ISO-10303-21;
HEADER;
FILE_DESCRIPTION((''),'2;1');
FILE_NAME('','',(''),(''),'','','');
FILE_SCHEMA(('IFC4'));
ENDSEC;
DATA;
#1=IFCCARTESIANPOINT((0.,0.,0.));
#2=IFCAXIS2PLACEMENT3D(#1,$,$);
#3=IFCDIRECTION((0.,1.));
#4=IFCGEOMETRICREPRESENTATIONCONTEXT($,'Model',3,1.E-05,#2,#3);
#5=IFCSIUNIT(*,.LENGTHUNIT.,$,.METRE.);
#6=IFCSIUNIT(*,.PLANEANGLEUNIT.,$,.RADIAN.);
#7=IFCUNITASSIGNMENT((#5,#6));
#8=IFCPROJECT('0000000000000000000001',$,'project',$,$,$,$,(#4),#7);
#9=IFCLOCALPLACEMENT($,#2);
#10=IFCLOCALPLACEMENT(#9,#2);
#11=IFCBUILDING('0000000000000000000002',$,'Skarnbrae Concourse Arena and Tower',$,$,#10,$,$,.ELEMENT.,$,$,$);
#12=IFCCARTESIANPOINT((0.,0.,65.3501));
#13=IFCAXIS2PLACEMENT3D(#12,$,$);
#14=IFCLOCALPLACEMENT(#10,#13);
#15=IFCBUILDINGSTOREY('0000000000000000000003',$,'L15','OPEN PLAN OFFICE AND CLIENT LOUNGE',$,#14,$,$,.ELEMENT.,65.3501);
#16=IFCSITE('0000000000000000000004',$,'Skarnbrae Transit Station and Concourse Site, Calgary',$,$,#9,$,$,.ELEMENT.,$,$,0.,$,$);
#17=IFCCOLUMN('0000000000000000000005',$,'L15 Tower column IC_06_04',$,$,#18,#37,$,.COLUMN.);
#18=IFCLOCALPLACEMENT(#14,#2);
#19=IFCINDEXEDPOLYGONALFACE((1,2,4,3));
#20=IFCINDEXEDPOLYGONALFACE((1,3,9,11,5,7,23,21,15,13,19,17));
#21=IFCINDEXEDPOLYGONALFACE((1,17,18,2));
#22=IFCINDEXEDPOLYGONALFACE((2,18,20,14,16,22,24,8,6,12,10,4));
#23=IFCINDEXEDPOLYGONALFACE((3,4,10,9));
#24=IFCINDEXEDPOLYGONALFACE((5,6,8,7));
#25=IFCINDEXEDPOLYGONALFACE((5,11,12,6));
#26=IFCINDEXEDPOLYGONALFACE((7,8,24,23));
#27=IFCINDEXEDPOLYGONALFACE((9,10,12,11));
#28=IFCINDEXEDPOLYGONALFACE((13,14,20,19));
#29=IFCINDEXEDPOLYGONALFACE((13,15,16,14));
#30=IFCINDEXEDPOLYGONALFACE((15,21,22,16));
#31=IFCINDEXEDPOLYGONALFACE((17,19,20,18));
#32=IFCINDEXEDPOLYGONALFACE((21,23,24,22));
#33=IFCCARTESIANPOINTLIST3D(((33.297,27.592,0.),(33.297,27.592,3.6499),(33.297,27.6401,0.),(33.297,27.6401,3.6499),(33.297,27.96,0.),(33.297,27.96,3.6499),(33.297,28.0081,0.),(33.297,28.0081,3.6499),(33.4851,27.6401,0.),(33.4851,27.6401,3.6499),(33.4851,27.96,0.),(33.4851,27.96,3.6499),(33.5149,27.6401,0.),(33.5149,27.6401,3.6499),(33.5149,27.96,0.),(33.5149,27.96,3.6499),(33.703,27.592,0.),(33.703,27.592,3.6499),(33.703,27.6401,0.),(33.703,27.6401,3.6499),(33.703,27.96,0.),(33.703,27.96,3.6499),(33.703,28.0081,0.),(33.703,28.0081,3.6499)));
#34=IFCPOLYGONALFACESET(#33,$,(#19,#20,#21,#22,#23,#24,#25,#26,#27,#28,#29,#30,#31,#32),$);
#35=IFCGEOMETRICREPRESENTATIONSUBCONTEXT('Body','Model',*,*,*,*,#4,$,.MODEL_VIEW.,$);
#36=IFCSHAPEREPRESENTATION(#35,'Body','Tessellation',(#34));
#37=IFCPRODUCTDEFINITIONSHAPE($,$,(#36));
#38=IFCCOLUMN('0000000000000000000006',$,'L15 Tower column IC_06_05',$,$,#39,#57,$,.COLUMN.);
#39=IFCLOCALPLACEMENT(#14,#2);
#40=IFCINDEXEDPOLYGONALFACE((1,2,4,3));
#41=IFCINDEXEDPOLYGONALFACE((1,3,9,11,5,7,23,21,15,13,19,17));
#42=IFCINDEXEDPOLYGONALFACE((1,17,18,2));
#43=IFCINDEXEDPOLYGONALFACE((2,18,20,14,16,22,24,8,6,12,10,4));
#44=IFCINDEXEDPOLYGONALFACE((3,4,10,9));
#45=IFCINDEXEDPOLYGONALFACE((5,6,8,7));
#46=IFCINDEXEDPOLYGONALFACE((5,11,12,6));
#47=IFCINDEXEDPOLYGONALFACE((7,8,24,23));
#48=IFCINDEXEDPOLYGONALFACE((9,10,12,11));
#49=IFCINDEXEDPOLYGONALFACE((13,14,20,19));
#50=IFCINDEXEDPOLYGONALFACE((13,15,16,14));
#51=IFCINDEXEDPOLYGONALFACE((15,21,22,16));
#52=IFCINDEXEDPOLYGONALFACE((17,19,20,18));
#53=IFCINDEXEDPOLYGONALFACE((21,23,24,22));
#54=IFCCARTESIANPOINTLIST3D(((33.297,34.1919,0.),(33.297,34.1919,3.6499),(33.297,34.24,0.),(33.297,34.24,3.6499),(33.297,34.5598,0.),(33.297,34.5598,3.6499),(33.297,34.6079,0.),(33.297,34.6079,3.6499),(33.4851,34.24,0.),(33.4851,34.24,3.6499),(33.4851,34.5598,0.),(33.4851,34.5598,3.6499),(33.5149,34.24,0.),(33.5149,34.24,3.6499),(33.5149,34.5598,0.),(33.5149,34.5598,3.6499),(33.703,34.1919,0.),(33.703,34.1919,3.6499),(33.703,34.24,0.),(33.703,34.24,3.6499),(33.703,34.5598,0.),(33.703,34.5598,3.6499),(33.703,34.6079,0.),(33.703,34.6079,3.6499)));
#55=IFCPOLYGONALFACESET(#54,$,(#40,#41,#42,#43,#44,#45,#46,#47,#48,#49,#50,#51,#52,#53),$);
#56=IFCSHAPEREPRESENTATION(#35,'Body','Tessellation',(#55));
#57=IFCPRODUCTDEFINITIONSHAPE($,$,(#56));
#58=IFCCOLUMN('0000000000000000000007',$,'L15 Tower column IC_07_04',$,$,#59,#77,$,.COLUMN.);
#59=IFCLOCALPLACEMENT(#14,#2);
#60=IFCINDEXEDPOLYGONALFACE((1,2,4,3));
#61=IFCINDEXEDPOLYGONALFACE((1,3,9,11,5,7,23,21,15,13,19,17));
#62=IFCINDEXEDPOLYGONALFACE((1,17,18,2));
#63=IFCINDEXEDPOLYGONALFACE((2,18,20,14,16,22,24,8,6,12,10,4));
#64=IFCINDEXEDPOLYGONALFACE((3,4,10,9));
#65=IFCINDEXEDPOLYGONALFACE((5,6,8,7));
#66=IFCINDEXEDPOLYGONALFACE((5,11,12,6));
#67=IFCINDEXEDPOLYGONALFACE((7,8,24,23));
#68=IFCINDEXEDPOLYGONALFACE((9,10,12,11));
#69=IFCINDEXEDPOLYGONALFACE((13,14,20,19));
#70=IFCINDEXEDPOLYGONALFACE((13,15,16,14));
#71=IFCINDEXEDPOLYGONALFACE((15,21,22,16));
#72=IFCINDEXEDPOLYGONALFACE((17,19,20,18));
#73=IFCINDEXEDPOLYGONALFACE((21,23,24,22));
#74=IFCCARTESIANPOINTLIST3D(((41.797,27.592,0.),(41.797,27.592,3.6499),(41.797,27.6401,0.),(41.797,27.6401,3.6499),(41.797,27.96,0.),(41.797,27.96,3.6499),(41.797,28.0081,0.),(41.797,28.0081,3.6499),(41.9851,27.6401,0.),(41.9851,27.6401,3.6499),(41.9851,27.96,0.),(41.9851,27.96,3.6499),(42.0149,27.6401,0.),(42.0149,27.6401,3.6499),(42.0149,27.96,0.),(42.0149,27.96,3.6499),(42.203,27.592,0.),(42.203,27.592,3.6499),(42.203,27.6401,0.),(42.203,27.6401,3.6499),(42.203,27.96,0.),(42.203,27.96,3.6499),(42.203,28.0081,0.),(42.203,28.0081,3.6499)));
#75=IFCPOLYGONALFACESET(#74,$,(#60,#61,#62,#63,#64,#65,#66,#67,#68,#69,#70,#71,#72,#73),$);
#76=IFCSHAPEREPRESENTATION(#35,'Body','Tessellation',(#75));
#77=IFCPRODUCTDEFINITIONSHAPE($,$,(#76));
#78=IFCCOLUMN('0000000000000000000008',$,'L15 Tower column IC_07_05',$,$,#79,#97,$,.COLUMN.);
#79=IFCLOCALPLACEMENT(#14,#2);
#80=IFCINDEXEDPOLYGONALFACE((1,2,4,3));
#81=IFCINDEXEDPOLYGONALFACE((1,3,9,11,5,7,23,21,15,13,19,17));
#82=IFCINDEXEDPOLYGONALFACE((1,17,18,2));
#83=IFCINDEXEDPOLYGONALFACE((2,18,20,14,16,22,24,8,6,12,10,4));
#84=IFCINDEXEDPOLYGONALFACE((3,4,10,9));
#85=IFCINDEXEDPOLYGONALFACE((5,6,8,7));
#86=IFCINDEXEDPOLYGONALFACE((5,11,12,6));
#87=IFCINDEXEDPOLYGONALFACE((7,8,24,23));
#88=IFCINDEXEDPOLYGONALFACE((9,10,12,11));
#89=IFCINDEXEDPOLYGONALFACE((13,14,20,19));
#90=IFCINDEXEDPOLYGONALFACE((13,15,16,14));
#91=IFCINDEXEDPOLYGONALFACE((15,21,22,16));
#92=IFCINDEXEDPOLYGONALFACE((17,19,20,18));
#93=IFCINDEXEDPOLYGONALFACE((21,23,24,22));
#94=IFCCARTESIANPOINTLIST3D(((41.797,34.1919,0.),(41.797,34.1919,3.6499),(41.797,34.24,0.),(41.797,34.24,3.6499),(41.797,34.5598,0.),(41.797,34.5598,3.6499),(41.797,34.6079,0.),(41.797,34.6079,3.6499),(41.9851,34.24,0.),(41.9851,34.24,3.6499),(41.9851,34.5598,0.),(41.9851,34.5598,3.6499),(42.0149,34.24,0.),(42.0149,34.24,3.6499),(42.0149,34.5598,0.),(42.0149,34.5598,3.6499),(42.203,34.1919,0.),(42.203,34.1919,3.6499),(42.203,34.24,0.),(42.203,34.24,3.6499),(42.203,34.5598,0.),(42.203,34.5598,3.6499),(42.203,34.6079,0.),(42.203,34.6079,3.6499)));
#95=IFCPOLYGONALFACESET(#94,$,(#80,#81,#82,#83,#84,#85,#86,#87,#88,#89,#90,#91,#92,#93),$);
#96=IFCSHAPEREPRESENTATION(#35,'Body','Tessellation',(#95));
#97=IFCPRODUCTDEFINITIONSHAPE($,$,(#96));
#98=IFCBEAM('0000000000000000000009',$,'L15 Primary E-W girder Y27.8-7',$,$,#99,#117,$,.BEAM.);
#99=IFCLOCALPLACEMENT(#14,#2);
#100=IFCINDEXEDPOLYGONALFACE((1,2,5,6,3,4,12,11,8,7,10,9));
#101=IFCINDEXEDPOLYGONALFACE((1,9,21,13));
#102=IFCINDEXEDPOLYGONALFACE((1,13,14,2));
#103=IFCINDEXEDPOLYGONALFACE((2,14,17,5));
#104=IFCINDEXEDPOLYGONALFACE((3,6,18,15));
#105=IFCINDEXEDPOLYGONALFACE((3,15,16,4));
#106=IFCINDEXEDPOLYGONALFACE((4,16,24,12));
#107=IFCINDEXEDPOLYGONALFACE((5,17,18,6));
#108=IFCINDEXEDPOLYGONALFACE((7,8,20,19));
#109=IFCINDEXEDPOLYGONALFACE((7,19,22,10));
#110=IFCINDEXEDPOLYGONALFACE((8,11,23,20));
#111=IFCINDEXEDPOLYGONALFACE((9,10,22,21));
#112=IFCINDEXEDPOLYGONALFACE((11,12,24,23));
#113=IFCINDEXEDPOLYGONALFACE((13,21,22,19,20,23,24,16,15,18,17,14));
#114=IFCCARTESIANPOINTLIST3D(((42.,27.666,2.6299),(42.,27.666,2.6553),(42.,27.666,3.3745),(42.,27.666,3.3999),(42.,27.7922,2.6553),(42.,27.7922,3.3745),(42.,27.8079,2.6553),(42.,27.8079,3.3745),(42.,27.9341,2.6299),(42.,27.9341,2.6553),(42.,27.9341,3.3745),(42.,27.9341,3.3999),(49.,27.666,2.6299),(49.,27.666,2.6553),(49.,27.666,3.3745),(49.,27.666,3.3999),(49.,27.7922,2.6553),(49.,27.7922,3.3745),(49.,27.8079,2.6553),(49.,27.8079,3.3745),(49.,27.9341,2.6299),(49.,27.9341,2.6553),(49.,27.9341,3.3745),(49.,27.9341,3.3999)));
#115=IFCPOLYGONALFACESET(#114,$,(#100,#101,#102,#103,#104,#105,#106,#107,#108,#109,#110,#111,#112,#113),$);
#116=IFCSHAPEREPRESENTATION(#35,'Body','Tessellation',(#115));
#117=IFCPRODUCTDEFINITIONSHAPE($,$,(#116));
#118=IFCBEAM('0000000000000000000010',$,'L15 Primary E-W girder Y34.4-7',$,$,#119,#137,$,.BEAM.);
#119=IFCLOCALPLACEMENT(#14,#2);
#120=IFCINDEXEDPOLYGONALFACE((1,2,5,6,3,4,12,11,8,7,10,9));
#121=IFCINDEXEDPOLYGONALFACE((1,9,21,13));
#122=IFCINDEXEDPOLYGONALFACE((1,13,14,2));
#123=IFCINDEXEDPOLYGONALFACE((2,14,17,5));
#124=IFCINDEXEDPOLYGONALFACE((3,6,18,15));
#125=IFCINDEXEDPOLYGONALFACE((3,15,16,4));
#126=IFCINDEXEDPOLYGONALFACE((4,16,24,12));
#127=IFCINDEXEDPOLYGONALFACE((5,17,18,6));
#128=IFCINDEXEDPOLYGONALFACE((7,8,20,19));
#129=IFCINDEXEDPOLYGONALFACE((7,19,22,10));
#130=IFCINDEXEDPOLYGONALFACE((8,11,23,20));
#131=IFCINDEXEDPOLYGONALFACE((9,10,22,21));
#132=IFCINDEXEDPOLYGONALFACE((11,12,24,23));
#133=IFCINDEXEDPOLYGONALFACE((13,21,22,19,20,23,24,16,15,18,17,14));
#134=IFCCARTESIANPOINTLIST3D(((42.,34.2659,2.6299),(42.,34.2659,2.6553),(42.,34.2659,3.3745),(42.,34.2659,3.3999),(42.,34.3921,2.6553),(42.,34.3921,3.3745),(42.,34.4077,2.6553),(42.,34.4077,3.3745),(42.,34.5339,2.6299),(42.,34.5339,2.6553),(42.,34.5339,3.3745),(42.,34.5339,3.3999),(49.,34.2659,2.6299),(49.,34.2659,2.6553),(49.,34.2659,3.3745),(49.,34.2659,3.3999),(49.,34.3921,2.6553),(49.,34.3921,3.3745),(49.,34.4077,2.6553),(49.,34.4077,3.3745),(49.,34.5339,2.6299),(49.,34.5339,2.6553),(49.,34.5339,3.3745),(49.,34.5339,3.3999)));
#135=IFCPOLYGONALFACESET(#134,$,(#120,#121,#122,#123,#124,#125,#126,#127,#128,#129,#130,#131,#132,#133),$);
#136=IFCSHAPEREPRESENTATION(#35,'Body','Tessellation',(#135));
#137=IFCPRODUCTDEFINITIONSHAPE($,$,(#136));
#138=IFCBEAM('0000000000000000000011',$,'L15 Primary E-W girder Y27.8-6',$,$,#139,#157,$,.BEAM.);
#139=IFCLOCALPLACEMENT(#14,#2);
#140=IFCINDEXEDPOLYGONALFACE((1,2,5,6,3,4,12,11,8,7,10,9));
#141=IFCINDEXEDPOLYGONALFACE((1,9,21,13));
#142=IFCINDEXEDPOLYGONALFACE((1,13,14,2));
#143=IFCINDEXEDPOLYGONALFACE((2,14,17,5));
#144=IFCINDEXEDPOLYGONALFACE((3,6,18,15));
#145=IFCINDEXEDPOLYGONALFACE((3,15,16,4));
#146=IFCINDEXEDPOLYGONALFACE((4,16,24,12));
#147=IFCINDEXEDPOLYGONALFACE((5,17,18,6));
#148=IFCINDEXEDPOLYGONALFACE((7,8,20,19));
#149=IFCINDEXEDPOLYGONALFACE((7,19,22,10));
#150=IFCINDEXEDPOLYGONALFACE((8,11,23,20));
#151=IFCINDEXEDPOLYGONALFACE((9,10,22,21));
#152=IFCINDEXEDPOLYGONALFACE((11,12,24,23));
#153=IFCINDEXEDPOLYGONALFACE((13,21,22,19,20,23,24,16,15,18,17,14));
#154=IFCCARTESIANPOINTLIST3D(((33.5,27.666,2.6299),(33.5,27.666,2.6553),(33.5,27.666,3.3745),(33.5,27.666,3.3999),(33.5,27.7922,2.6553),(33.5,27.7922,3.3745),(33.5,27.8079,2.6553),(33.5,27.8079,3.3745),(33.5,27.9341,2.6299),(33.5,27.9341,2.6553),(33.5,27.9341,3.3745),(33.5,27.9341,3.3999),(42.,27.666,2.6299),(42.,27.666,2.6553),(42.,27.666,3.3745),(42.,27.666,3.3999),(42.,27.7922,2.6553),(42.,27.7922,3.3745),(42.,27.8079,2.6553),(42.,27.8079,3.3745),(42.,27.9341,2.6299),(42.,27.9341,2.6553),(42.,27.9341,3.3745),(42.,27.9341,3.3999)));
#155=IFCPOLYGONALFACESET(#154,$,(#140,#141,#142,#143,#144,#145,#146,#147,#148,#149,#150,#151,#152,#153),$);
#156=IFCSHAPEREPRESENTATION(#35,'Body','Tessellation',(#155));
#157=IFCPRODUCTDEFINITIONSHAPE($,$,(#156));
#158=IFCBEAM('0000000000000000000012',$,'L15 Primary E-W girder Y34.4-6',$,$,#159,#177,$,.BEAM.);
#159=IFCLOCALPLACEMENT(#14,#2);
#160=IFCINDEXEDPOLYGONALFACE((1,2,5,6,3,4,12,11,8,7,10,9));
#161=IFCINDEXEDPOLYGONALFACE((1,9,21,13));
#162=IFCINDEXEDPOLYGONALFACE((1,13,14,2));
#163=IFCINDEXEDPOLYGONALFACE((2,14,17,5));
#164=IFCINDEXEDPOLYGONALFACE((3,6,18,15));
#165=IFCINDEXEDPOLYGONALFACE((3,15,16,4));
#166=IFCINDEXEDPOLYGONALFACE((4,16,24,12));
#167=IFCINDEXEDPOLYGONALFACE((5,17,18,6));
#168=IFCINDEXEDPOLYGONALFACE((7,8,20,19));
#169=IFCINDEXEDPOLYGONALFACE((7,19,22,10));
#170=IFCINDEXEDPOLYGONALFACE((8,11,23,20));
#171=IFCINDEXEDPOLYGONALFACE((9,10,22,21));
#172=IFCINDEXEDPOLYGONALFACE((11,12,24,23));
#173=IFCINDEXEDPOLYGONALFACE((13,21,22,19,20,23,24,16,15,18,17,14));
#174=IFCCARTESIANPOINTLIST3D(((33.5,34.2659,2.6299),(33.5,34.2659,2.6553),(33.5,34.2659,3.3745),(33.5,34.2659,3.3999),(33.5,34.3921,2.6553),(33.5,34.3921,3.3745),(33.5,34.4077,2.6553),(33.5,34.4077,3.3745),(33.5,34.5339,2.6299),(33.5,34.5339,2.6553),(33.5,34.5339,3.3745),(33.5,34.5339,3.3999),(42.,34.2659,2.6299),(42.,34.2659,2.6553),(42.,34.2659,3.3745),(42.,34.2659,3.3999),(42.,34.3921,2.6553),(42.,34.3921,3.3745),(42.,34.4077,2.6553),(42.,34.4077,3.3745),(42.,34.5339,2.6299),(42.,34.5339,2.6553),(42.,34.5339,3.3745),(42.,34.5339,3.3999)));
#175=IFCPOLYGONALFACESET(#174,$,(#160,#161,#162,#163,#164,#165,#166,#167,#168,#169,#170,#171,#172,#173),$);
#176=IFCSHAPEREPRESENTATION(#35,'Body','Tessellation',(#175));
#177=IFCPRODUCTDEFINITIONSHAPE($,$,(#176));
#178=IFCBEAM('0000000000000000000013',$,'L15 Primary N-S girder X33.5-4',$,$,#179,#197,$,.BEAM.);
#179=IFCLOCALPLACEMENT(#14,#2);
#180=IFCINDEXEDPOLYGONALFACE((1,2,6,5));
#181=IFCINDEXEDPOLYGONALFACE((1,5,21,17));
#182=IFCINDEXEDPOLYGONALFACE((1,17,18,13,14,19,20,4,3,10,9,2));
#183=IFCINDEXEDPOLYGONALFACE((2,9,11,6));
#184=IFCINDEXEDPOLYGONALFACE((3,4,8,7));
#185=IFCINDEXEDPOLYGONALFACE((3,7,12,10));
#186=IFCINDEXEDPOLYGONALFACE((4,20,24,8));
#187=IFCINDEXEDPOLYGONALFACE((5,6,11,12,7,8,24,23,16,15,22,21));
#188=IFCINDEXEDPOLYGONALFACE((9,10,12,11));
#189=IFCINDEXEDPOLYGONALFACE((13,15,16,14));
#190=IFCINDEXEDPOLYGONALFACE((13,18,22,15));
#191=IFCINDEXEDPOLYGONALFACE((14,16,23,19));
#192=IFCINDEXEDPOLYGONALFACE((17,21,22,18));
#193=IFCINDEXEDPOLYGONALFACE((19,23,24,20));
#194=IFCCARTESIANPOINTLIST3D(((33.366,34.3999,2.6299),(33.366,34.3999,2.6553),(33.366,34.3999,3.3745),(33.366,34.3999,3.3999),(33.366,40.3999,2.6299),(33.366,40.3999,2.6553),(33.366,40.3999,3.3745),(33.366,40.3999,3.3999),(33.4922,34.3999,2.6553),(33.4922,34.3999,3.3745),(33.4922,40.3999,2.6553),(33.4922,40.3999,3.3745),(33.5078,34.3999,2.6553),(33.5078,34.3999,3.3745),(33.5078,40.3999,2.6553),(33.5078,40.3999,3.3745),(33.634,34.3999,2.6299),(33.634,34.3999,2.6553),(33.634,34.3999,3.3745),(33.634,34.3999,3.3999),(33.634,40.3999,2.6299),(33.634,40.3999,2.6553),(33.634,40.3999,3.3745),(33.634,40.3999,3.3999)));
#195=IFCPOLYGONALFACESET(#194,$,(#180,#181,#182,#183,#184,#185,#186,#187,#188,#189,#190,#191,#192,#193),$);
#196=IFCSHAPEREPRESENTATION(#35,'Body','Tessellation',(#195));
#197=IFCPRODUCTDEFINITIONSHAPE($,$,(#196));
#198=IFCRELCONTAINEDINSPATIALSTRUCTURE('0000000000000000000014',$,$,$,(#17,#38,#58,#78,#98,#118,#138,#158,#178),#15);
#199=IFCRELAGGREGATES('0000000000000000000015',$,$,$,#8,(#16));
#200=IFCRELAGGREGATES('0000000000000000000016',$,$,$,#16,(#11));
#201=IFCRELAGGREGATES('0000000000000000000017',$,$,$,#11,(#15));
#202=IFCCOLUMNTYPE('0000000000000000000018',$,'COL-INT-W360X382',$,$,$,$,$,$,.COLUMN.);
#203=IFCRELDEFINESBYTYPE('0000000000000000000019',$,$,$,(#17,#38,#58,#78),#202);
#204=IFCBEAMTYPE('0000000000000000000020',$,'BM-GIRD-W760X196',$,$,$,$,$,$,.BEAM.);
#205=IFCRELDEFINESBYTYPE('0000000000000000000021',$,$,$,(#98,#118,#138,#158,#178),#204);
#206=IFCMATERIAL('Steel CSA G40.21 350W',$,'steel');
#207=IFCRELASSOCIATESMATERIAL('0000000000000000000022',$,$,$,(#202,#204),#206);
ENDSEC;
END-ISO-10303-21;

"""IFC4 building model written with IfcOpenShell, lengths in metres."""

from ifc_helpers import new_model, si_unit, direction, frame, origin, origin_2d, place, context, subcontext, project, spatial, i_section, extrude, source, transform, mapped, material, material_profile, profile_set, type_object, element, save


model = new_model("IFC4")

# Units and contexts
model_context = context("Model", 3, precision=1e-05, world=origin(), true_north=direction((0.0, 1.0)))
body_context = subcontext(model_context, "Body", "Model", "MODEL_VIEW")
ifc_project = project(units=[si_unit("LENGTHUNIT", "METRE"), si_unit("PLANEANGLEUNIT", "RADIAN")], contexts=[model_context])

# Site, building, storey
site_placement = place(None, origin())
site = spatial("IfcSite", under=ifc_project, at=site_placement, Name="Skarnbrae Transit Station and Concourse Site, Calgary", CompositionType="ELEMENT", RefElevation=0.0)
building_placement = place(site_placement, origin())
building = spatial("IfcBuilding", under=site, at=building_placement, Name="Skarnbrae Concourse Arena and Tower", CompositionType="ELEMENT")
storey_placement = place(building_placement, frame((0.0, 0.0, 65.3501)))
storey = spatial("IfcBuildingStorey", under=building, at=storey_placement, Name="L15", Description="OPEN PLAN OFFICE AND CLIENT LOUNGE", CompositionType="ELEMENT", Elevation=65.3501)

# Columns
ifc_material_1 = material(Name="Steel CSA G40.21 350W", Category="steel")
ifc_material_profile_1 = material_profile(ifc_material_1, i_section(OverallWidth=0.406, OverallDepth=0.416, WebThickness=0.0298, FlangeThickness=0.0481, at=origin_2d()), Name="W360X382")
ifc_profile_set_1 = profile_set([ifc_material_profile_1], Name="Steel CSA G40.21 350W")
column_type = type_object("IfcColumnType", Name="COL-INT-W360X382", PredefinedType="COLUMN", material=ifc_profile_set_1)
shared_shape_1 = source(origin(), body_context, "Body", "SweptSolid", [
    extrude(i_section(OverallWidth=0.406, OverallDepth=0.416, WebThickness=0.0298, FlangeThickness=0.0481, at=origin_2d()), origin(), (0.0, 0.0, 1.0), 3.6499),
])
for number, where, z_axis, x_axis, name in (
    (1, (33.5, 27.8, 0.0), (0.0, 0.0, 1.0), (1.0, 0.0, 0.0), "L15 Tower column IC_06_04"),
    (2, (33.5, 34.3999, 0.0), (0.0, 0.0, 1.0), (1.0, 0.0, 0.0), "L15 Tower column IC_06_05"),
    (3, (42.0, 27.8, 0.0), (0.0, 0.0, 1.0), (1.0, 0.0, 0.0), "L15 Tower column IC_07_04"),
    (4, (42.0, 34.3999, 0.0), (0.0, 0.0, 1.0), (1.0, 0.0, 0.0), "L15 Tower column IC_07_05"),
):
    element("IfcColumn", number, at=place(storey_placement, frame(where, z_axis=z_axis, x_axis=x_axis)), inside=storey, type_object=column_type, Name=name, PredefinedType="COLUMN", context=body_context, shape_type="MappedRepresentation", body=[
        mapped(shared_shape_1, transform((0.0, 0.0, 0.0))),
    ])

# Beams
ifc_material_profile_2 = material_profile(ifc_material_1, i_section(OverallWidth=0.2681, OverallDepth=0.77, WebThickness=0.0156, FlangeThickness=0.0254, at=origin_2d()), Name="W760X196")
ifc_profile_set_2 = profile_set([ifc_material_profile_2], Name="Steel CSA G40.21 350W")
beam_type_1 = type_object("IfcBeamType", Name="BM-GIRD-W760X196", PredefinedType="BEAM", material=ifc_profile_set_2)
shared_shape_2 = source(origin(), body_context, "Body", "SweptSolid", [
    extrude(i_section(OverallWidth=0.2681, OverallDepth=0.77, WebThickness=0.0156, FlangeThickness=0.0254, at=origin_2d()), origin(), (0.0, 0.0, 1.0), 7.0),
])
for number, where, z_axis, x_axis, name in (
    (5, (42.0, 27.8, 3.0149), (1.0, 0.0, 0.0), (0.0, 1.0, 0.0), "L15 Primary E-W girder Y27.8-7"),
    (6, (42.0, 34.3999, 3.0149), (1.0, 0.0, 0.0), (0.0, 1.0, 0.0), "L15 Primary E-W girder Y34.4-7"),
):
    element("IfcBeam", number, at=place(storey_placement, frame(where, z_axis=z_axis, x_axis=x_axis)), inside=storey, type_object=beam_type_1, Name=name, PredefinedType="BEAM", context=body_context, shape_type="MappedRepresentation", body=[
        mapped(shared_shape_2, transform((0.0, 0.0, 0.0))),
    ])
shared_shape_3 = source(origin(), body_context, "Body", "SweptSolid", [
    extrude(i_section(OverallWidth=0.2681, OverallDepth=0.77, WebThickness=0.0156, FlangeThickness=0.0254, at=origin_2d()), origin(), (0.0, 0.0, 1.0), 8.5),
])
for number, where, z_axis, x_axis, name in (
    (7, (33.5, 27.8, 3.0149), (1.0, 0.0, 0.0), (0.0, 1.0, 0.0), "L15 Primary E-W girder Y27.8-6"),
    (8, (33.5, 34.3999, 3.0149), (1.0, 0.0, 0.0), (0.0, 1.0, 0.0), "L15 Primary E-W girder Y34.4-6"),
):
    element("IfcBeam", number, at=place(storey_placement, frame(where, z_axis=z_axis, x_axis=x_axis)), inside=storey, type_object=beam_type_1, Name=name, PredefinedType="BEAM", context=body_context, shape_type="MappedRepresentation", body=[
        mapped(shared_shape_3, transform((0.0, 0.0, 0.0))),
    ])
shared_shape_4 = source(origin(), body_context, "Body", "SweptSolid", [
    extrude(i_section(OverallWidth=0.2681, OverallDepth=0.77, WebThickness=0.0156, FlangeThickness=0.0254, at=origin_2d()), origin(), (0.0, 0.0, 1.0), 6.0),
])
for number, where, z_axis, x_axis, name in (
    (9, (33.5, 34.3999, 3.0149), (0.0, 1.0, 0.0), (-1.0, 0.0, 0.0), "L15 Primary N-S girder X33.5-4"),
):
    element("IfcBeam", number, at=place(storey_placement, frame(where, z_axis=z_axis, x_axis=x_axis)), inside=storey, type_object=beam_type_1, Name=name, PredefinedType="BEAM", context=body_context, shape_type="MappedRepresentation", body=[
        mapped(shared_shape_4, transform((0.0, 0.0, 0.0))),
    ])

save(model, "model.ifc")
